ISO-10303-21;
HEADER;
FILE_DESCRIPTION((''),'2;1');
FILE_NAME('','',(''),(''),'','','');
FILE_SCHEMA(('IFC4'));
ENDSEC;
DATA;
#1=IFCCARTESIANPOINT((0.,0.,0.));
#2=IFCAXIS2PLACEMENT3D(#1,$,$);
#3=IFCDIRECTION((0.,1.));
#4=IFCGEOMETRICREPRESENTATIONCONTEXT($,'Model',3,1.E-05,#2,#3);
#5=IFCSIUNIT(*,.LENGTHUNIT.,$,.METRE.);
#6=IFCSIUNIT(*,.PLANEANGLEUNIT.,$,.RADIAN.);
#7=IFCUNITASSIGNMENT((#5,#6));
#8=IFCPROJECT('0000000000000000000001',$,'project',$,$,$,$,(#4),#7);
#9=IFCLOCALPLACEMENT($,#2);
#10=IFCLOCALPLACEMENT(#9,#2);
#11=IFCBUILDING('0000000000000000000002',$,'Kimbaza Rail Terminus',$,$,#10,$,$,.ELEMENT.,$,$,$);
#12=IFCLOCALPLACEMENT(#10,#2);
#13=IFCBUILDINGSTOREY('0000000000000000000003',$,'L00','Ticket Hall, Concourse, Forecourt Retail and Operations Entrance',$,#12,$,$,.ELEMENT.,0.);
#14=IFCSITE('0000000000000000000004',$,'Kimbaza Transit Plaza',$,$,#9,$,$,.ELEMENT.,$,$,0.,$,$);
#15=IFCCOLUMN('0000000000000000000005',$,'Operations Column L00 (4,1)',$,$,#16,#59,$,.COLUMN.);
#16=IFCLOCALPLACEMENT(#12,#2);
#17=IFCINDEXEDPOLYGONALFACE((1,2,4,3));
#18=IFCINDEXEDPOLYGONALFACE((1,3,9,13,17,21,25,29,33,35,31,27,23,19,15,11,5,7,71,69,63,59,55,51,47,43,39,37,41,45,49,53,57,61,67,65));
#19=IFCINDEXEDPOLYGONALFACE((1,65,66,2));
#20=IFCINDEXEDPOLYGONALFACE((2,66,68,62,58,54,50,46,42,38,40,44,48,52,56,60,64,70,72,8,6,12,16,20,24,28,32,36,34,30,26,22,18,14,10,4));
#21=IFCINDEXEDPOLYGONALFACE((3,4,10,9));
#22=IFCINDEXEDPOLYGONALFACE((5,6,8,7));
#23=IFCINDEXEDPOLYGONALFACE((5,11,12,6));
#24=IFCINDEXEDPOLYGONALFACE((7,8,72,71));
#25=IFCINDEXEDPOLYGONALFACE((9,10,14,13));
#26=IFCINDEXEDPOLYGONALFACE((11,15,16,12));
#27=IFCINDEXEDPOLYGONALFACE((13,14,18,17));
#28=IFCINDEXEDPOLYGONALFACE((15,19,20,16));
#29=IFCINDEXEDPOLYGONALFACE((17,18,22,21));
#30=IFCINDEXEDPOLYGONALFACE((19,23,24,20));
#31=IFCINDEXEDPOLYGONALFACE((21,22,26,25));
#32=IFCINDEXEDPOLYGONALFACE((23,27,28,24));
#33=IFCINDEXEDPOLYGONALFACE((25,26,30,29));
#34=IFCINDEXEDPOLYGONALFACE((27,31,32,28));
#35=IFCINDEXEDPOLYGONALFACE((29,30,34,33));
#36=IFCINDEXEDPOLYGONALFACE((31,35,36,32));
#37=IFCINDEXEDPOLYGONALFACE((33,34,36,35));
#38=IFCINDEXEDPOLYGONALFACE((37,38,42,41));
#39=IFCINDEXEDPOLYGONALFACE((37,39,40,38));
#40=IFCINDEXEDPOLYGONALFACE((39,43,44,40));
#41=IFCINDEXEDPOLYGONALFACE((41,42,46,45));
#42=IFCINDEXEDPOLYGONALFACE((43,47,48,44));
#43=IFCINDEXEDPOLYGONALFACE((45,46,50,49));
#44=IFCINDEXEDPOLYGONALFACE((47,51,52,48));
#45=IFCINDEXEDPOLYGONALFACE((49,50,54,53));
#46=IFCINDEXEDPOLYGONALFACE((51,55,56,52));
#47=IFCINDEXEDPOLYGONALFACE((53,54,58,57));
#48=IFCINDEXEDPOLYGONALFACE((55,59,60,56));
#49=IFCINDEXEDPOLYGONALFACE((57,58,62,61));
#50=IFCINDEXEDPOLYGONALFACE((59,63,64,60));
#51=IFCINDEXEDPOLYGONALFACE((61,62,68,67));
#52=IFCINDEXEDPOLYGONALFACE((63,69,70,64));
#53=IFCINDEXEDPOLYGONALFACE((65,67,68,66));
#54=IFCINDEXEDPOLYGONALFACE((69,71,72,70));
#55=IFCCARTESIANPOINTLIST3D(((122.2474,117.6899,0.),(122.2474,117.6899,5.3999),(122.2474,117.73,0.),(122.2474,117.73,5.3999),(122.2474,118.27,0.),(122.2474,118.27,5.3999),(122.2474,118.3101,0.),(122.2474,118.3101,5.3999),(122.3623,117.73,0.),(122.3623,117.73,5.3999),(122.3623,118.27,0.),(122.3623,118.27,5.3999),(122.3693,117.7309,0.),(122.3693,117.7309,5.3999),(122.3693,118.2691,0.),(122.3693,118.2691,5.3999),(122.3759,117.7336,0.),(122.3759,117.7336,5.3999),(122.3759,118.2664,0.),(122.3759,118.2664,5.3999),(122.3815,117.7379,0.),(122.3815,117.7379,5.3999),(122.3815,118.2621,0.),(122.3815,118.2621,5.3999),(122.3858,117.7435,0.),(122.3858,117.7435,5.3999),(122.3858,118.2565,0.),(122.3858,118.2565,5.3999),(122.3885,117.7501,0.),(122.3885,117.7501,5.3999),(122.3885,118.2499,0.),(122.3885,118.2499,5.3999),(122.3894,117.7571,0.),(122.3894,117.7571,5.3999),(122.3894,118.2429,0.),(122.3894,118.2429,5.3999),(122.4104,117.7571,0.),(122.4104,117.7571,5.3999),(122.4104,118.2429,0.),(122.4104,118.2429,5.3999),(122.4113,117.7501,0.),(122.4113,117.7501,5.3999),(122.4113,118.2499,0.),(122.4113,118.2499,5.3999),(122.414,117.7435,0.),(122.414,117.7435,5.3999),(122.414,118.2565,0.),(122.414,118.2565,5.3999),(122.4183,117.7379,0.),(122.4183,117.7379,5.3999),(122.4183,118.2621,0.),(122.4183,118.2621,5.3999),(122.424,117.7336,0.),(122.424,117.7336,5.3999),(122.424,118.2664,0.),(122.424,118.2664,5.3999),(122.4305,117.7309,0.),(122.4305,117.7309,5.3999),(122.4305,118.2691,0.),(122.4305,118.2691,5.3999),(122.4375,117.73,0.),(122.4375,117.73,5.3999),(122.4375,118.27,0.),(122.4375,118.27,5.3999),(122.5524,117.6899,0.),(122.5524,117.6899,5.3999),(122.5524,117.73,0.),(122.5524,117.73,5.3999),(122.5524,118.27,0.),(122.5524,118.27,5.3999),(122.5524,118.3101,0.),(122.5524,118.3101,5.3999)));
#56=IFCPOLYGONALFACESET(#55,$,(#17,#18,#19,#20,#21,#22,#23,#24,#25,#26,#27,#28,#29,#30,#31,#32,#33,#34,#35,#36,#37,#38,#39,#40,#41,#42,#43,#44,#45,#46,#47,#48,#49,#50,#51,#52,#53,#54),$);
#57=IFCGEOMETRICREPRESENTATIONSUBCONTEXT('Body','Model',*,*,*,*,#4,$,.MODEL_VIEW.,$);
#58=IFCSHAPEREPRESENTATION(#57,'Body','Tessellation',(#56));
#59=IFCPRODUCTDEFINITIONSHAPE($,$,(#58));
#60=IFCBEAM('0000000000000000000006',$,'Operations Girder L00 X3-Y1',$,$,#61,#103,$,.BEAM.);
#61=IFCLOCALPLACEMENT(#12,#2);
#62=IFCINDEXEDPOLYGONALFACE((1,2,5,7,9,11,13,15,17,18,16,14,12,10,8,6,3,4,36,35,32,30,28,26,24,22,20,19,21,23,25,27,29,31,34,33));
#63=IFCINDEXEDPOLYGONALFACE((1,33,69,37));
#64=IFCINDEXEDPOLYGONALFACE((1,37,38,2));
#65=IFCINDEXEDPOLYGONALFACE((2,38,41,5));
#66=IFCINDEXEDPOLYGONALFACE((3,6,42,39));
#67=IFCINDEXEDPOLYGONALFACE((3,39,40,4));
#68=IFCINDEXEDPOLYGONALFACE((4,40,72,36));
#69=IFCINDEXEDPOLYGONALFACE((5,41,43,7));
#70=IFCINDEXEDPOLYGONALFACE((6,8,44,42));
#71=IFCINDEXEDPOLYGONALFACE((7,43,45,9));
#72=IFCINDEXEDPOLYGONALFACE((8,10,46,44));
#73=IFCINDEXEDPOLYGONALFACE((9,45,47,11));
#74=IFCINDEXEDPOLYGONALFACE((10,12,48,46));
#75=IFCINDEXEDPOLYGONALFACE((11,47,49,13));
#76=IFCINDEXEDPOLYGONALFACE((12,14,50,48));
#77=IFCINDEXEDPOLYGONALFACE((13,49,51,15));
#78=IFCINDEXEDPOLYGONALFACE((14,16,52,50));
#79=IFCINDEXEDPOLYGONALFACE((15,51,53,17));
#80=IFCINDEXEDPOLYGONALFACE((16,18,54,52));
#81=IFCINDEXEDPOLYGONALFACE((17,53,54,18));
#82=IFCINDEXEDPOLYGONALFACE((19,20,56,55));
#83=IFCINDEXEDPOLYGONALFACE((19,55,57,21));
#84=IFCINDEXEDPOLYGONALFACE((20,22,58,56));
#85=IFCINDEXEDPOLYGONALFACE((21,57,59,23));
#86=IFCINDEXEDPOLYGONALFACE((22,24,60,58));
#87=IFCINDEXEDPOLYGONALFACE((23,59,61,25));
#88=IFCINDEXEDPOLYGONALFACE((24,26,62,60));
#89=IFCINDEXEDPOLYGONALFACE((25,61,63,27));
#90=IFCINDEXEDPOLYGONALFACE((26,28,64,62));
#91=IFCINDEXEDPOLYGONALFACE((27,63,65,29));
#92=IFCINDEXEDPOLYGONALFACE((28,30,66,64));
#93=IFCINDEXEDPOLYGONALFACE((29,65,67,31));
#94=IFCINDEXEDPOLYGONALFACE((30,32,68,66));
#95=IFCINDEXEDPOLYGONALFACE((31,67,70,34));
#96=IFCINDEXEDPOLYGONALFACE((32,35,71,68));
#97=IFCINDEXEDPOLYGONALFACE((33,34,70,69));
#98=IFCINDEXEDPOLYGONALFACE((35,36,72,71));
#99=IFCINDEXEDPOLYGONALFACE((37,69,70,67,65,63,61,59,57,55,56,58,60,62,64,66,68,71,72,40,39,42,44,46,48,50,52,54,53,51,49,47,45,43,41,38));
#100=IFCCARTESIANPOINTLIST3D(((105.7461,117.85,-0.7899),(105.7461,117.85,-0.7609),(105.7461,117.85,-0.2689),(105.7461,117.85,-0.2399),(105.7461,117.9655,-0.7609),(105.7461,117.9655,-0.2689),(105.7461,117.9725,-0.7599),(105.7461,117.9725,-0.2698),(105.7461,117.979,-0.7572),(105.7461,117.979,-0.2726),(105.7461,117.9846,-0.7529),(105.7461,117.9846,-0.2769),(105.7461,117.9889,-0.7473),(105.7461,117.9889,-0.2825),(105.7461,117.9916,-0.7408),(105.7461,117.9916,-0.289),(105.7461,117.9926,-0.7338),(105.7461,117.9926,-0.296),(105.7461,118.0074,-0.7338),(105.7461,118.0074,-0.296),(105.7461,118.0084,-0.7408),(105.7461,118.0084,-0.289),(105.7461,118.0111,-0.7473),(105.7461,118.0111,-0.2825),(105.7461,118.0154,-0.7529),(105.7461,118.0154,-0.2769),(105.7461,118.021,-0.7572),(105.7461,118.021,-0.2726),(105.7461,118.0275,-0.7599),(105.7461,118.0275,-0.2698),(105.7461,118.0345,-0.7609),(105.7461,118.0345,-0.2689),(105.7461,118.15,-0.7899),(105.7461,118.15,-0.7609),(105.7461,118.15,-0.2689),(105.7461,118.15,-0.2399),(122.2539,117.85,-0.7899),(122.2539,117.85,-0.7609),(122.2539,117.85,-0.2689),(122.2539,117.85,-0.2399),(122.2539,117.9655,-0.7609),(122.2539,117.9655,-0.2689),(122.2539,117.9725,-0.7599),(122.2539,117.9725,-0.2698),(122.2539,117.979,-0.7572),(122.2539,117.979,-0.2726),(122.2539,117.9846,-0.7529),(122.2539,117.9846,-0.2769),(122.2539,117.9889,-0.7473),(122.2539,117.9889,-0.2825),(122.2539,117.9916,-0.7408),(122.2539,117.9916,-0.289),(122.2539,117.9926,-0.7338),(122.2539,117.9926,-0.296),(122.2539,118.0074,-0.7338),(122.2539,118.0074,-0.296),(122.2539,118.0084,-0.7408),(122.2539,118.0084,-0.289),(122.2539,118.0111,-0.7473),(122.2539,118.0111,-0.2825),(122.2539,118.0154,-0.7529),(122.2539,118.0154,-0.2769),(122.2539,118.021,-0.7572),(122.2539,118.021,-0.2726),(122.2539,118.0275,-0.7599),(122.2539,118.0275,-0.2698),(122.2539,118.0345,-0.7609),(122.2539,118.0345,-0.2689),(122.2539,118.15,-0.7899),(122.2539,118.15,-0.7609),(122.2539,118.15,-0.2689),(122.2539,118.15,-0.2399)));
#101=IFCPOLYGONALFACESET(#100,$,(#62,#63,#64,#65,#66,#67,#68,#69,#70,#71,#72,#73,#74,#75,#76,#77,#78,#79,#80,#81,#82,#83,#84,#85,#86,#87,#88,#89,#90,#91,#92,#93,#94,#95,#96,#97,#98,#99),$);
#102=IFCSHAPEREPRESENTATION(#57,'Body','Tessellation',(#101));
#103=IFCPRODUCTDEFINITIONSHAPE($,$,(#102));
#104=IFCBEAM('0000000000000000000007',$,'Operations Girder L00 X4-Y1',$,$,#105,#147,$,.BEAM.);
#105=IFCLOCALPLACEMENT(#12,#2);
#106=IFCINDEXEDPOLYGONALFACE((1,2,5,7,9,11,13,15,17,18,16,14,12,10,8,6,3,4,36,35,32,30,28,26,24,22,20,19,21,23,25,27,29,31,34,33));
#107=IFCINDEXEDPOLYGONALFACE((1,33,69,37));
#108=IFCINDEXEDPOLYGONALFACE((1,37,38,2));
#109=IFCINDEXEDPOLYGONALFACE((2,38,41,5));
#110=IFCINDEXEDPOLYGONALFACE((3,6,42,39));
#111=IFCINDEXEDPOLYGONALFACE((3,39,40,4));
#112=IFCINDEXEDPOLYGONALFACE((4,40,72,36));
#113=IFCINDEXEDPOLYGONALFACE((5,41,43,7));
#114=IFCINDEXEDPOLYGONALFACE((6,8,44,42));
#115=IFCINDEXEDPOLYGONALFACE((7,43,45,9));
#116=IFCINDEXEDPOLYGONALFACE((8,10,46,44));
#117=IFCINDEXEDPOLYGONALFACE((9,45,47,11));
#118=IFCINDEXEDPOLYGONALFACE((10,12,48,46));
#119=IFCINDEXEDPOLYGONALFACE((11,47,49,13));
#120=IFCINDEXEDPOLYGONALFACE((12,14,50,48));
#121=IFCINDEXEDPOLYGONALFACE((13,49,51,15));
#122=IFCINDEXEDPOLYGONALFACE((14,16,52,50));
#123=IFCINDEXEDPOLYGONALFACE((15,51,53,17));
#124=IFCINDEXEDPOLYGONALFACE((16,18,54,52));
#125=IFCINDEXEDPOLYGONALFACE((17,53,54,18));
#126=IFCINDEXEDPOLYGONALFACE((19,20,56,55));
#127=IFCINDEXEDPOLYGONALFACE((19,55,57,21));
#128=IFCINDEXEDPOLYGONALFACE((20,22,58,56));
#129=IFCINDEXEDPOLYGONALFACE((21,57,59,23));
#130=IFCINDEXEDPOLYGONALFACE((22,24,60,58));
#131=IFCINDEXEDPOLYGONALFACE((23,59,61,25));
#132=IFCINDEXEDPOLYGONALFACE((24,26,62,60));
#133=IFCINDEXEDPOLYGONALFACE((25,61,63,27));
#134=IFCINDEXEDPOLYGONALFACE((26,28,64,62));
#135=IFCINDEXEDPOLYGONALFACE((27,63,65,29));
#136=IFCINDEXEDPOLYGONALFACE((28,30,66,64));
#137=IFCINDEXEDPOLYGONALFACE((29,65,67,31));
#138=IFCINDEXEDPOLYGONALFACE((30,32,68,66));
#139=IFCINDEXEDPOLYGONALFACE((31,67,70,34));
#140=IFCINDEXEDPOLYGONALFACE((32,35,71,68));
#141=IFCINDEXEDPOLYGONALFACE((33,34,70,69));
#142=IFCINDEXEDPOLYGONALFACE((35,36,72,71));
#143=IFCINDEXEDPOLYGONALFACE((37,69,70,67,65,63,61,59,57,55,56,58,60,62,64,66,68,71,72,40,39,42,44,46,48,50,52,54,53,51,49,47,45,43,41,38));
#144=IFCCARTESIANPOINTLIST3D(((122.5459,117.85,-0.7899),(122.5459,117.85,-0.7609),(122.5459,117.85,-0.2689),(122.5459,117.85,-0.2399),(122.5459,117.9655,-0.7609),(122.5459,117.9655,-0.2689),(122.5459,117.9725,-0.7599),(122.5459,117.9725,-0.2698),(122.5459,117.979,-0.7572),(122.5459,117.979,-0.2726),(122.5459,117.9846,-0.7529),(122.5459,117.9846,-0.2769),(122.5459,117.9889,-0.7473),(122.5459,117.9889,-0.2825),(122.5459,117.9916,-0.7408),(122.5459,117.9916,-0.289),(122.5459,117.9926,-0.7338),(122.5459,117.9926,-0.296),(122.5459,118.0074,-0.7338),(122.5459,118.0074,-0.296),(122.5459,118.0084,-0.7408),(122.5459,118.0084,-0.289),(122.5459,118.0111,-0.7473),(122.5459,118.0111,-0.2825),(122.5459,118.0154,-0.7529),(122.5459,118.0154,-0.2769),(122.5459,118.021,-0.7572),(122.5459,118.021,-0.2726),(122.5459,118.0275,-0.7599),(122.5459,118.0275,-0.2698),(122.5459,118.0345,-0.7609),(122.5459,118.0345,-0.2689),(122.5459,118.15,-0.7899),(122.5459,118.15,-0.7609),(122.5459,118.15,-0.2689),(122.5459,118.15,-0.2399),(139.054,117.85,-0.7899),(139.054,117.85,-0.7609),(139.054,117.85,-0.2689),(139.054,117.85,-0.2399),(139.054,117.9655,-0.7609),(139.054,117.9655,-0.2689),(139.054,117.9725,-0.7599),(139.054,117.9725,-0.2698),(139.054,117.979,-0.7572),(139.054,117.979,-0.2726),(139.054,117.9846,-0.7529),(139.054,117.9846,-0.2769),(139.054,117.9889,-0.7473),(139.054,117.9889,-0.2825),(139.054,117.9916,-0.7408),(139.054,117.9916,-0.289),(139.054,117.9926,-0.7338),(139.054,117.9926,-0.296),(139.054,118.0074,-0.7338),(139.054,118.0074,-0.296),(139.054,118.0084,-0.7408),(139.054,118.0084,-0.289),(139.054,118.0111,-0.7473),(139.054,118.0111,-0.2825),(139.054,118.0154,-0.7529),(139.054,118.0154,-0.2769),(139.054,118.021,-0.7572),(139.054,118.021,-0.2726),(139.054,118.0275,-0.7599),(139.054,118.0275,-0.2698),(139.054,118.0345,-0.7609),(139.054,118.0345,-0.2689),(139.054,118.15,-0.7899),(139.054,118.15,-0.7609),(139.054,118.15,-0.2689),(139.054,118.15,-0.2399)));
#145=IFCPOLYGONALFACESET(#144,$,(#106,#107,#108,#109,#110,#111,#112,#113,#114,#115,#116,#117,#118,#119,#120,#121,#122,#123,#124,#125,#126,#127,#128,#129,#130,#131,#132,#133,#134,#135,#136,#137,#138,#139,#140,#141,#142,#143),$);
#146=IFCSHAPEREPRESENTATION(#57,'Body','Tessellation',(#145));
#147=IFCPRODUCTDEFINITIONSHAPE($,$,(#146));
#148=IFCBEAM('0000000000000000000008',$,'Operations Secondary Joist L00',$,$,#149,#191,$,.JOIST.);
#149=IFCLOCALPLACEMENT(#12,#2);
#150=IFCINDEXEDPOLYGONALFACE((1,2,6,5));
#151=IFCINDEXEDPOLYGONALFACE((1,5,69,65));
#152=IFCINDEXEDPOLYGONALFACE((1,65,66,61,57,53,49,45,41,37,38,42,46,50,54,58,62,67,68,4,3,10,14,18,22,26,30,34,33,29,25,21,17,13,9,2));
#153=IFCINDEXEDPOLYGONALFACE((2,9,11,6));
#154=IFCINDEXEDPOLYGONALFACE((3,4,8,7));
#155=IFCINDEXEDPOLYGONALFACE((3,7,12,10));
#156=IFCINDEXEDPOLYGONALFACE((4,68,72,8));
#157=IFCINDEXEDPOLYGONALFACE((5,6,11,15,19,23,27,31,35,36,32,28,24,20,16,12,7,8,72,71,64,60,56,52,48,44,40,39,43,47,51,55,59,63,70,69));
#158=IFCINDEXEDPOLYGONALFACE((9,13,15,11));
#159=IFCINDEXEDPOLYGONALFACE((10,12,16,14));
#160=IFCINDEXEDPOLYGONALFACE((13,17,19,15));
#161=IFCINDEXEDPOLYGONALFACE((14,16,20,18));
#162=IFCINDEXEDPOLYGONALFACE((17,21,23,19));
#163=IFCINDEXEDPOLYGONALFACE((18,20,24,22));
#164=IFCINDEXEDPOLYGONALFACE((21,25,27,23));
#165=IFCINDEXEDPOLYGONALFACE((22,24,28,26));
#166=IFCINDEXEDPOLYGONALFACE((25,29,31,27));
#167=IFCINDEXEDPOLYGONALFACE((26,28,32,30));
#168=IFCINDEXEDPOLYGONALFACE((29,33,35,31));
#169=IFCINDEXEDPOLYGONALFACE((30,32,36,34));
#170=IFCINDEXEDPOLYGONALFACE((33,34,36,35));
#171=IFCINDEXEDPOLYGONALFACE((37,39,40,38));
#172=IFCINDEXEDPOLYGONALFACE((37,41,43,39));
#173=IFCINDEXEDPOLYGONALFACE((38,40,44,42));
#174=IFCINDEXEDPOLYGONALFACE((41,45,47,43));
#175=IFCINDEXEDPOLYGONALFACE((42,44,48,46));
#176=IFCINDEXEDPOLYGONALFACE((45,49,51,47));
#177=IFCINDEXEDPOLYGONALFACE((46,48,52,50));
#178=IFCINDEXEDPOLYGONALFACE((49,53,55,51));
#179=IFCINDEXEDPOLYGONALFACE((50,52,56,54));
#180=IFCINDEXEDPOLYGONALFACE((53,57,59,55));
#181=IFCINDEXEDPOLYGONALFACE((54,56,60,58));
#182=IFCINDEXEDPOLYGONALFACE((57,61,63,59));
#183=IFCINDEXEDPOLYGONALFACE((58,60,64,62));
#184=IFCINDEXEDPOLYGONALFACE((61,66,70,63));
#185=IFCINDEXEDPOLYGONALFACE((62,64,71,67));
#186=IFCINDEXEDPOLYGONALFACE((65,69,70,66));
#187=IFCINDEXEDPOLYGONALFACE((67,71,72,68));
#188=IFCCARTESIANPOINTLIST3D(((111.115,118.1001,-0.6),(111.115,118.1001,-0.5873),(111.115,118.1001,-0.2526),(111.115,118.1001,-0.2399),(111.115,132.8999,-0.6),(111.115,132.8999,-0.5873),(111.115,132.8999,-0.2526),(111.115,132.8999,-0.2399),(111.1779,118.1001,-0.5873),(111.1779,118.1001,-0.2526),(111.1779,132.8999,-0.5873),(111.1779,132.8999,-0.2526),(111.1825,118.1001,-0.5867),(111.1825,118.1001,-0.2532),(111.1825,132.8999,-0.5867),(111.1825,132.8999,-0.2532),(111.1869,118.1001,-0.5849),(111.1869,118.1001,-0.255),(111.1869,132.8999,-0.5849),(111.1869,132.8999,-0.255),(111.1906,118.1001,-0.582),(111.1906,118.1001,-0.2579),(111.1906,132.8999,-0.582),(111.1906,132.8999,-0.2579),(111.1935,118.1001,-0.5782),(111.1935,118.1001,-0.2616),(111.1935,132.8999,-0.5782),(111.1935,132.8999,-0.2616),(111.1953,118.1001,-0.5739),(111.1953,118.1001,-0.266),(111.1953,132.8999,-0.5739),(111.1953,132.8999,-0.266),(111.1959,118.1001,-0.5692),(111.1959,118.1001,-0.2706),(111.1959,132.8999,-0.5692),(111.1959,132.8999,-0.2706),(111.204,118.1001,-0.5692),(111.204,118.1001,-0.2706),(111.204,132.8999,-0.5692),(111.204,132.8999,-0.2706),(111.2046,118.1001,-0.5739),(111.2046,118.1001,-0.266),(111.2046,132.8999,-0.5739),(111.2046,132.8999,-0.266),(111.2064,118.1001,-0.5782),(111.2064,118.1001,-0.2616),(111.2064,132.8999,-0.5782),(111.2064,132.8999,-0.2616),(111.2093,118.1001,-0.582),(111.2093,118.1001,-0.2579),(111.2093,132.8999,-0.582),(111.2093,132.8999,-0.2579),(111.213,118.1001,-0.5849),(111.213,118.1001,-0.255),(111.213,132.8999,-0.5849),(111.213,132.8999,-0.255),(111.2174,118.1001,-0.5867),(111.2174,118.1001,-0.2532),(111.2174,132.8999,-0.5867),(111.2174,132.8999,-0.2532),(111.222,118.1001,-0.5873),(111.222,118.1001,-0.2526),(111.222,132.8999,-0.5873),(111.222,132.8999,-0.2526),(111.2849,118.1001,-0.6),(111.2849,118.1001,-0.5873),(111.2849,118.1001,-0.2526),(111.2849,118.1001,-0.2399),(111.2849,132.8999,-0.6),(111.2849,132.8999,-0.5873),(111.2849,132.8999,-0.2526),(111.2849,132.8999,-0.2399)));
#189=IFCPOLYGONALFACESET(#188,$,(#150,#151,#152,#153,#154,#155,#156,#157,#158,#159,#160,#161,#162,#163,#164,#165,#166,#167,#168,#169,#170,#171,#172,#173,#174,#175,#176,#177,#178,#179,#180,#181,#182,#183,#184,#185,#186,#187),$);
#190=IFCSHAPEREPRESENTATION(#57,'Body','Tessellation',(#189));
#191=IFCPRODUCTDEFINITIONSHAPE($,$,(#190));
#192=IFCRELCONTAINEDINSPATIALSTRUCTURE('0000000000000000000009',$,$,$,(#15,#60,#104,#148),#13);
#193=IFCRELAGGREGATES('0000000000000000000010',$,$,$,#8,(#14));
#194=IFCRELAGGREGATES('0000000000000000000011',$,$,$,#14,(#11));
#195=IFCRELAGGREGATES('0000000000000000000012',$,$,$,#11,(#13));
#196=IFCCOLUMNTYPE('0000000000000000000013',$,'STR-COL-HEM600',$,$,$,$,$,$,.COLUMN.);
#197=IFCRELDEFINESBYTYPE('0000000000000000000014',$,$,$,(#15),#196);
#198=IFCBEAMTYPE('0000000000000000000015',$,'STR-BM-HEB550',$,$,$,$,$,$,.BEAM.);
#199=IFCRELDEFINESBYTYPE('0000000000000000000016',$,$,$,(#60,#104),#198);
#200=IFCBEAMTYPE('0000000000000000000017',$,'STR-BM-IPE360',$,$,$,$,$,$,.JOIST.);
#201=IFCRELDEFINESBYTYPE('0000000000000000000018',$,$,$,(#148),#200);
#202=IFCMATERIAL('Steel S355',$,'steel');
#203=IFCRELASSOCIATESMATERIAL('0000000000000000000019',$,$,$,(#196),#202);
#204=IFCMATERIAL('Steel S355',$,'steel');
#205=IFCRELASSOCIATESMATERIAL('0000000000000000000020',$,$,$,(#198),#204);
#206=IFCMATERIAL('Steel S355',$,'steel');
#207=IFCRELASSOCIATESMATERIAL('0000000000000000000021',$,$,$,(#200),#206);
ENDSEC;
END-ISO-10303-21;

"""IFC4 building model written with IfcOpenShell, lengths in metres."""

from ifc_helpers import new_model, si_unit, direction, frame, origin, origin_2d, place, context, subcontext, project, spatial, i_section, extrude, material, material_profile, profile_set, type_object, element, save


model = new_model("IFC4")

# Units and contexts
model_context = context("Model", 3, precision=1e-05, world=origin(), true_north=direction((0.0, 1.0)))
body_context = subcontext(model_context, "Body", "Model", "MODEL_VIEW")
ifc_project = project(units=[si_unit("LENGTHUNIT", "METRE"), si_unit("PLANEANGLEUNIT", "RADIAN")], contexts=[model_context])

# Site, building, storey
site_placement = place(None, origin())
site = spatial("IfcSite", under=ifc_project, at=site_placement, Name="Kimbaza Transit Plaza", CompositionType="ELEMENT", RefElevation=0.0)
building_placement = place(site_placement, origin())
building = spatial("IfcBuilding", under=site, at=building_placement, Name="Kimbaza Rail Terminus", CompositionType="ELEMENT")
storey_placement = place(building_placement, origin())
storey = spatial("IfcBuildingStorey", under=building, at=storey_placement, Name="L00", Description="Ticket Hall, Concourse, Forecourt Retail and Operations Entrance", CompositionType="ELEMENT", Elevation=0.0)

# Column
ifc_material_1 = material(Name="Steel S355", Category="steel")
ifc_material_profile_1 = material_profile(ifc_material_1, i_section(OverallWidth=0.3049, OverallDepth=0.6201, WebThickness=0.021, FlangeThickness=0.04, FilletRadius=0.0271, at=origin_2d()), Name="HEM 600")
ifc_profile_set_1 = profile_set([ifc_material_profile_1], Name="Steel S355")
column_type = type_object("IfcColumnType", Name="STR-COL-HEM600", PredefinedType="COLUMN", material=ifc_profile_set_1)
column_placement = place(storey_placement, frame((122.3999, 118.0, 0.0), z_axis=(0.0, 0.0, 1.0), x_axis=(1.0, 0.0, 0.0)))
element("IfcColumn", 1, at=column_placement, inside=storey, type_object=column_type, Name="Operations Column L00 (4,1)", PredefinedType="COLUMN", context=body_context, shape_type="SweptSolid", body=[
    extrude(i_section(OverallWidth=0.3049, OverallDepth=0.6201, WebThickness=0.021, FlangeThickness=0.04, FilletRadius=0.0271, at=origin_2d()), origin(), (0.0, 0.0, 1.0), 5.3999),
])

# Beams
ifc_material_2 = material(Name="Steel S355", Category="steel")
ifc_material_profile_2 = material_profile(ifc_material_2, i_section(OverallWidth=0.3, OverallDepth=0.55, WebThickness=0.0149, FlangeThickness=0.0291, FilletRadius=0.0271, at=origin_2d()), Name="HEB 550")
ifc_profile_set_2 = profile_set([ifc_material_profile_2], Name="Steel S355")
beam_type_1 = type_object("IfcBeamType", Name="STR-BM-HEB550", PredefinedType="BEAM", material=ifc_profile_set_2)
beam_1_placement = place(storey_placement, frame((105.7461, 118.0, -0.5149), z_axis=(1.0, 0.0, 0.0), x_axis=(0.0, 1.0, 0.0)))
element("IfcBeam", 2, at=beam_1_placement, inside=storey, type_object=beam_type_1, Name="Operations Girder L00 X3-Y1", PredefinedType="BEAM", context=body_context, shape_type="SweptSolid", body=[
    extrude(i_section(OverallWidth=0.3, OverallDepth=0.55, WebThickness=0.0149, FlangeThickness=0.0291, FilletRadius=0.0271, at=origin_2d()), origin(), (0.0, 0.0, 1.0), 16.5078),
])
beam_2_placement = place(storey_placement, frame((122.5459, 118.0, -0.5149), z_axis=(1.0, 0.0, 0.0), x_axis=(0.0, 1.0, 0.0)))
element("IfcBeam", 3, at=beam_2_placement, inside=storey, type_object=beam_type_1, Name="Operations Girder L00 X4-Y1", PredefinedType="BEAM", context=body_context, shape_type="SweptSolid", body=[
    extrude(i_section(OverallWidth=0.3, OverallDepth=0.55, WebThickness=0.0149, FlangeThickness=0.0291, FilletRadius=0.0271, at=origin_2d()), origin(), (0.0, 0.0, 1.0), 16.5081),
])
ifc_material_3 = material(Name="Steel S355", Category="steel")
ifc_material_profile_3 = material_profile(ifc_material_3, i_section(OverallWidth=0.1699, OverallDepth=0.3601, WebThickness=0.0081, FlangeThickness=0.0127, FilletRadius=0.0181, at=origin_2d()), Name="IPE 360")
ifc_profile_set_3 = profile_set([ifc_material_profile_3], Name="Steel S355")
beam_type_2 = type_object("IfcBeamType", Name="STR-BM-IPE360", PredefinedType="JOIST", material=ifc_profile_set_3)
for number, where, z_axis, x_axis, name in (
    (4, (111.2, 118.1001, -0.4199), (0.0, 1.0, 0.0), (-1.0, 0.0, 0.0), "Operations Secondary Joist L00"),
):
    element("IfcBeam", number, at=place(storey_placement, frame(where, z_axis=z_axis, x_axis=x_axis)), inside=storey, type_object=beam_type_2, Name=name, PredefinedType="JOIST", context=body_context, shape_type="SweptSolid", body=[
        extrude(i_section(OverallWidth=0.1699, OverallDepth=0.3601, WebThickness=0.0081, FlangeThickness=0.0127, FilletRadius=0.0181, at=origin_2d()), origin(), (0.0, 0.0, 1.0), 14.7998),
    ])

save(model, "model.ifc")
